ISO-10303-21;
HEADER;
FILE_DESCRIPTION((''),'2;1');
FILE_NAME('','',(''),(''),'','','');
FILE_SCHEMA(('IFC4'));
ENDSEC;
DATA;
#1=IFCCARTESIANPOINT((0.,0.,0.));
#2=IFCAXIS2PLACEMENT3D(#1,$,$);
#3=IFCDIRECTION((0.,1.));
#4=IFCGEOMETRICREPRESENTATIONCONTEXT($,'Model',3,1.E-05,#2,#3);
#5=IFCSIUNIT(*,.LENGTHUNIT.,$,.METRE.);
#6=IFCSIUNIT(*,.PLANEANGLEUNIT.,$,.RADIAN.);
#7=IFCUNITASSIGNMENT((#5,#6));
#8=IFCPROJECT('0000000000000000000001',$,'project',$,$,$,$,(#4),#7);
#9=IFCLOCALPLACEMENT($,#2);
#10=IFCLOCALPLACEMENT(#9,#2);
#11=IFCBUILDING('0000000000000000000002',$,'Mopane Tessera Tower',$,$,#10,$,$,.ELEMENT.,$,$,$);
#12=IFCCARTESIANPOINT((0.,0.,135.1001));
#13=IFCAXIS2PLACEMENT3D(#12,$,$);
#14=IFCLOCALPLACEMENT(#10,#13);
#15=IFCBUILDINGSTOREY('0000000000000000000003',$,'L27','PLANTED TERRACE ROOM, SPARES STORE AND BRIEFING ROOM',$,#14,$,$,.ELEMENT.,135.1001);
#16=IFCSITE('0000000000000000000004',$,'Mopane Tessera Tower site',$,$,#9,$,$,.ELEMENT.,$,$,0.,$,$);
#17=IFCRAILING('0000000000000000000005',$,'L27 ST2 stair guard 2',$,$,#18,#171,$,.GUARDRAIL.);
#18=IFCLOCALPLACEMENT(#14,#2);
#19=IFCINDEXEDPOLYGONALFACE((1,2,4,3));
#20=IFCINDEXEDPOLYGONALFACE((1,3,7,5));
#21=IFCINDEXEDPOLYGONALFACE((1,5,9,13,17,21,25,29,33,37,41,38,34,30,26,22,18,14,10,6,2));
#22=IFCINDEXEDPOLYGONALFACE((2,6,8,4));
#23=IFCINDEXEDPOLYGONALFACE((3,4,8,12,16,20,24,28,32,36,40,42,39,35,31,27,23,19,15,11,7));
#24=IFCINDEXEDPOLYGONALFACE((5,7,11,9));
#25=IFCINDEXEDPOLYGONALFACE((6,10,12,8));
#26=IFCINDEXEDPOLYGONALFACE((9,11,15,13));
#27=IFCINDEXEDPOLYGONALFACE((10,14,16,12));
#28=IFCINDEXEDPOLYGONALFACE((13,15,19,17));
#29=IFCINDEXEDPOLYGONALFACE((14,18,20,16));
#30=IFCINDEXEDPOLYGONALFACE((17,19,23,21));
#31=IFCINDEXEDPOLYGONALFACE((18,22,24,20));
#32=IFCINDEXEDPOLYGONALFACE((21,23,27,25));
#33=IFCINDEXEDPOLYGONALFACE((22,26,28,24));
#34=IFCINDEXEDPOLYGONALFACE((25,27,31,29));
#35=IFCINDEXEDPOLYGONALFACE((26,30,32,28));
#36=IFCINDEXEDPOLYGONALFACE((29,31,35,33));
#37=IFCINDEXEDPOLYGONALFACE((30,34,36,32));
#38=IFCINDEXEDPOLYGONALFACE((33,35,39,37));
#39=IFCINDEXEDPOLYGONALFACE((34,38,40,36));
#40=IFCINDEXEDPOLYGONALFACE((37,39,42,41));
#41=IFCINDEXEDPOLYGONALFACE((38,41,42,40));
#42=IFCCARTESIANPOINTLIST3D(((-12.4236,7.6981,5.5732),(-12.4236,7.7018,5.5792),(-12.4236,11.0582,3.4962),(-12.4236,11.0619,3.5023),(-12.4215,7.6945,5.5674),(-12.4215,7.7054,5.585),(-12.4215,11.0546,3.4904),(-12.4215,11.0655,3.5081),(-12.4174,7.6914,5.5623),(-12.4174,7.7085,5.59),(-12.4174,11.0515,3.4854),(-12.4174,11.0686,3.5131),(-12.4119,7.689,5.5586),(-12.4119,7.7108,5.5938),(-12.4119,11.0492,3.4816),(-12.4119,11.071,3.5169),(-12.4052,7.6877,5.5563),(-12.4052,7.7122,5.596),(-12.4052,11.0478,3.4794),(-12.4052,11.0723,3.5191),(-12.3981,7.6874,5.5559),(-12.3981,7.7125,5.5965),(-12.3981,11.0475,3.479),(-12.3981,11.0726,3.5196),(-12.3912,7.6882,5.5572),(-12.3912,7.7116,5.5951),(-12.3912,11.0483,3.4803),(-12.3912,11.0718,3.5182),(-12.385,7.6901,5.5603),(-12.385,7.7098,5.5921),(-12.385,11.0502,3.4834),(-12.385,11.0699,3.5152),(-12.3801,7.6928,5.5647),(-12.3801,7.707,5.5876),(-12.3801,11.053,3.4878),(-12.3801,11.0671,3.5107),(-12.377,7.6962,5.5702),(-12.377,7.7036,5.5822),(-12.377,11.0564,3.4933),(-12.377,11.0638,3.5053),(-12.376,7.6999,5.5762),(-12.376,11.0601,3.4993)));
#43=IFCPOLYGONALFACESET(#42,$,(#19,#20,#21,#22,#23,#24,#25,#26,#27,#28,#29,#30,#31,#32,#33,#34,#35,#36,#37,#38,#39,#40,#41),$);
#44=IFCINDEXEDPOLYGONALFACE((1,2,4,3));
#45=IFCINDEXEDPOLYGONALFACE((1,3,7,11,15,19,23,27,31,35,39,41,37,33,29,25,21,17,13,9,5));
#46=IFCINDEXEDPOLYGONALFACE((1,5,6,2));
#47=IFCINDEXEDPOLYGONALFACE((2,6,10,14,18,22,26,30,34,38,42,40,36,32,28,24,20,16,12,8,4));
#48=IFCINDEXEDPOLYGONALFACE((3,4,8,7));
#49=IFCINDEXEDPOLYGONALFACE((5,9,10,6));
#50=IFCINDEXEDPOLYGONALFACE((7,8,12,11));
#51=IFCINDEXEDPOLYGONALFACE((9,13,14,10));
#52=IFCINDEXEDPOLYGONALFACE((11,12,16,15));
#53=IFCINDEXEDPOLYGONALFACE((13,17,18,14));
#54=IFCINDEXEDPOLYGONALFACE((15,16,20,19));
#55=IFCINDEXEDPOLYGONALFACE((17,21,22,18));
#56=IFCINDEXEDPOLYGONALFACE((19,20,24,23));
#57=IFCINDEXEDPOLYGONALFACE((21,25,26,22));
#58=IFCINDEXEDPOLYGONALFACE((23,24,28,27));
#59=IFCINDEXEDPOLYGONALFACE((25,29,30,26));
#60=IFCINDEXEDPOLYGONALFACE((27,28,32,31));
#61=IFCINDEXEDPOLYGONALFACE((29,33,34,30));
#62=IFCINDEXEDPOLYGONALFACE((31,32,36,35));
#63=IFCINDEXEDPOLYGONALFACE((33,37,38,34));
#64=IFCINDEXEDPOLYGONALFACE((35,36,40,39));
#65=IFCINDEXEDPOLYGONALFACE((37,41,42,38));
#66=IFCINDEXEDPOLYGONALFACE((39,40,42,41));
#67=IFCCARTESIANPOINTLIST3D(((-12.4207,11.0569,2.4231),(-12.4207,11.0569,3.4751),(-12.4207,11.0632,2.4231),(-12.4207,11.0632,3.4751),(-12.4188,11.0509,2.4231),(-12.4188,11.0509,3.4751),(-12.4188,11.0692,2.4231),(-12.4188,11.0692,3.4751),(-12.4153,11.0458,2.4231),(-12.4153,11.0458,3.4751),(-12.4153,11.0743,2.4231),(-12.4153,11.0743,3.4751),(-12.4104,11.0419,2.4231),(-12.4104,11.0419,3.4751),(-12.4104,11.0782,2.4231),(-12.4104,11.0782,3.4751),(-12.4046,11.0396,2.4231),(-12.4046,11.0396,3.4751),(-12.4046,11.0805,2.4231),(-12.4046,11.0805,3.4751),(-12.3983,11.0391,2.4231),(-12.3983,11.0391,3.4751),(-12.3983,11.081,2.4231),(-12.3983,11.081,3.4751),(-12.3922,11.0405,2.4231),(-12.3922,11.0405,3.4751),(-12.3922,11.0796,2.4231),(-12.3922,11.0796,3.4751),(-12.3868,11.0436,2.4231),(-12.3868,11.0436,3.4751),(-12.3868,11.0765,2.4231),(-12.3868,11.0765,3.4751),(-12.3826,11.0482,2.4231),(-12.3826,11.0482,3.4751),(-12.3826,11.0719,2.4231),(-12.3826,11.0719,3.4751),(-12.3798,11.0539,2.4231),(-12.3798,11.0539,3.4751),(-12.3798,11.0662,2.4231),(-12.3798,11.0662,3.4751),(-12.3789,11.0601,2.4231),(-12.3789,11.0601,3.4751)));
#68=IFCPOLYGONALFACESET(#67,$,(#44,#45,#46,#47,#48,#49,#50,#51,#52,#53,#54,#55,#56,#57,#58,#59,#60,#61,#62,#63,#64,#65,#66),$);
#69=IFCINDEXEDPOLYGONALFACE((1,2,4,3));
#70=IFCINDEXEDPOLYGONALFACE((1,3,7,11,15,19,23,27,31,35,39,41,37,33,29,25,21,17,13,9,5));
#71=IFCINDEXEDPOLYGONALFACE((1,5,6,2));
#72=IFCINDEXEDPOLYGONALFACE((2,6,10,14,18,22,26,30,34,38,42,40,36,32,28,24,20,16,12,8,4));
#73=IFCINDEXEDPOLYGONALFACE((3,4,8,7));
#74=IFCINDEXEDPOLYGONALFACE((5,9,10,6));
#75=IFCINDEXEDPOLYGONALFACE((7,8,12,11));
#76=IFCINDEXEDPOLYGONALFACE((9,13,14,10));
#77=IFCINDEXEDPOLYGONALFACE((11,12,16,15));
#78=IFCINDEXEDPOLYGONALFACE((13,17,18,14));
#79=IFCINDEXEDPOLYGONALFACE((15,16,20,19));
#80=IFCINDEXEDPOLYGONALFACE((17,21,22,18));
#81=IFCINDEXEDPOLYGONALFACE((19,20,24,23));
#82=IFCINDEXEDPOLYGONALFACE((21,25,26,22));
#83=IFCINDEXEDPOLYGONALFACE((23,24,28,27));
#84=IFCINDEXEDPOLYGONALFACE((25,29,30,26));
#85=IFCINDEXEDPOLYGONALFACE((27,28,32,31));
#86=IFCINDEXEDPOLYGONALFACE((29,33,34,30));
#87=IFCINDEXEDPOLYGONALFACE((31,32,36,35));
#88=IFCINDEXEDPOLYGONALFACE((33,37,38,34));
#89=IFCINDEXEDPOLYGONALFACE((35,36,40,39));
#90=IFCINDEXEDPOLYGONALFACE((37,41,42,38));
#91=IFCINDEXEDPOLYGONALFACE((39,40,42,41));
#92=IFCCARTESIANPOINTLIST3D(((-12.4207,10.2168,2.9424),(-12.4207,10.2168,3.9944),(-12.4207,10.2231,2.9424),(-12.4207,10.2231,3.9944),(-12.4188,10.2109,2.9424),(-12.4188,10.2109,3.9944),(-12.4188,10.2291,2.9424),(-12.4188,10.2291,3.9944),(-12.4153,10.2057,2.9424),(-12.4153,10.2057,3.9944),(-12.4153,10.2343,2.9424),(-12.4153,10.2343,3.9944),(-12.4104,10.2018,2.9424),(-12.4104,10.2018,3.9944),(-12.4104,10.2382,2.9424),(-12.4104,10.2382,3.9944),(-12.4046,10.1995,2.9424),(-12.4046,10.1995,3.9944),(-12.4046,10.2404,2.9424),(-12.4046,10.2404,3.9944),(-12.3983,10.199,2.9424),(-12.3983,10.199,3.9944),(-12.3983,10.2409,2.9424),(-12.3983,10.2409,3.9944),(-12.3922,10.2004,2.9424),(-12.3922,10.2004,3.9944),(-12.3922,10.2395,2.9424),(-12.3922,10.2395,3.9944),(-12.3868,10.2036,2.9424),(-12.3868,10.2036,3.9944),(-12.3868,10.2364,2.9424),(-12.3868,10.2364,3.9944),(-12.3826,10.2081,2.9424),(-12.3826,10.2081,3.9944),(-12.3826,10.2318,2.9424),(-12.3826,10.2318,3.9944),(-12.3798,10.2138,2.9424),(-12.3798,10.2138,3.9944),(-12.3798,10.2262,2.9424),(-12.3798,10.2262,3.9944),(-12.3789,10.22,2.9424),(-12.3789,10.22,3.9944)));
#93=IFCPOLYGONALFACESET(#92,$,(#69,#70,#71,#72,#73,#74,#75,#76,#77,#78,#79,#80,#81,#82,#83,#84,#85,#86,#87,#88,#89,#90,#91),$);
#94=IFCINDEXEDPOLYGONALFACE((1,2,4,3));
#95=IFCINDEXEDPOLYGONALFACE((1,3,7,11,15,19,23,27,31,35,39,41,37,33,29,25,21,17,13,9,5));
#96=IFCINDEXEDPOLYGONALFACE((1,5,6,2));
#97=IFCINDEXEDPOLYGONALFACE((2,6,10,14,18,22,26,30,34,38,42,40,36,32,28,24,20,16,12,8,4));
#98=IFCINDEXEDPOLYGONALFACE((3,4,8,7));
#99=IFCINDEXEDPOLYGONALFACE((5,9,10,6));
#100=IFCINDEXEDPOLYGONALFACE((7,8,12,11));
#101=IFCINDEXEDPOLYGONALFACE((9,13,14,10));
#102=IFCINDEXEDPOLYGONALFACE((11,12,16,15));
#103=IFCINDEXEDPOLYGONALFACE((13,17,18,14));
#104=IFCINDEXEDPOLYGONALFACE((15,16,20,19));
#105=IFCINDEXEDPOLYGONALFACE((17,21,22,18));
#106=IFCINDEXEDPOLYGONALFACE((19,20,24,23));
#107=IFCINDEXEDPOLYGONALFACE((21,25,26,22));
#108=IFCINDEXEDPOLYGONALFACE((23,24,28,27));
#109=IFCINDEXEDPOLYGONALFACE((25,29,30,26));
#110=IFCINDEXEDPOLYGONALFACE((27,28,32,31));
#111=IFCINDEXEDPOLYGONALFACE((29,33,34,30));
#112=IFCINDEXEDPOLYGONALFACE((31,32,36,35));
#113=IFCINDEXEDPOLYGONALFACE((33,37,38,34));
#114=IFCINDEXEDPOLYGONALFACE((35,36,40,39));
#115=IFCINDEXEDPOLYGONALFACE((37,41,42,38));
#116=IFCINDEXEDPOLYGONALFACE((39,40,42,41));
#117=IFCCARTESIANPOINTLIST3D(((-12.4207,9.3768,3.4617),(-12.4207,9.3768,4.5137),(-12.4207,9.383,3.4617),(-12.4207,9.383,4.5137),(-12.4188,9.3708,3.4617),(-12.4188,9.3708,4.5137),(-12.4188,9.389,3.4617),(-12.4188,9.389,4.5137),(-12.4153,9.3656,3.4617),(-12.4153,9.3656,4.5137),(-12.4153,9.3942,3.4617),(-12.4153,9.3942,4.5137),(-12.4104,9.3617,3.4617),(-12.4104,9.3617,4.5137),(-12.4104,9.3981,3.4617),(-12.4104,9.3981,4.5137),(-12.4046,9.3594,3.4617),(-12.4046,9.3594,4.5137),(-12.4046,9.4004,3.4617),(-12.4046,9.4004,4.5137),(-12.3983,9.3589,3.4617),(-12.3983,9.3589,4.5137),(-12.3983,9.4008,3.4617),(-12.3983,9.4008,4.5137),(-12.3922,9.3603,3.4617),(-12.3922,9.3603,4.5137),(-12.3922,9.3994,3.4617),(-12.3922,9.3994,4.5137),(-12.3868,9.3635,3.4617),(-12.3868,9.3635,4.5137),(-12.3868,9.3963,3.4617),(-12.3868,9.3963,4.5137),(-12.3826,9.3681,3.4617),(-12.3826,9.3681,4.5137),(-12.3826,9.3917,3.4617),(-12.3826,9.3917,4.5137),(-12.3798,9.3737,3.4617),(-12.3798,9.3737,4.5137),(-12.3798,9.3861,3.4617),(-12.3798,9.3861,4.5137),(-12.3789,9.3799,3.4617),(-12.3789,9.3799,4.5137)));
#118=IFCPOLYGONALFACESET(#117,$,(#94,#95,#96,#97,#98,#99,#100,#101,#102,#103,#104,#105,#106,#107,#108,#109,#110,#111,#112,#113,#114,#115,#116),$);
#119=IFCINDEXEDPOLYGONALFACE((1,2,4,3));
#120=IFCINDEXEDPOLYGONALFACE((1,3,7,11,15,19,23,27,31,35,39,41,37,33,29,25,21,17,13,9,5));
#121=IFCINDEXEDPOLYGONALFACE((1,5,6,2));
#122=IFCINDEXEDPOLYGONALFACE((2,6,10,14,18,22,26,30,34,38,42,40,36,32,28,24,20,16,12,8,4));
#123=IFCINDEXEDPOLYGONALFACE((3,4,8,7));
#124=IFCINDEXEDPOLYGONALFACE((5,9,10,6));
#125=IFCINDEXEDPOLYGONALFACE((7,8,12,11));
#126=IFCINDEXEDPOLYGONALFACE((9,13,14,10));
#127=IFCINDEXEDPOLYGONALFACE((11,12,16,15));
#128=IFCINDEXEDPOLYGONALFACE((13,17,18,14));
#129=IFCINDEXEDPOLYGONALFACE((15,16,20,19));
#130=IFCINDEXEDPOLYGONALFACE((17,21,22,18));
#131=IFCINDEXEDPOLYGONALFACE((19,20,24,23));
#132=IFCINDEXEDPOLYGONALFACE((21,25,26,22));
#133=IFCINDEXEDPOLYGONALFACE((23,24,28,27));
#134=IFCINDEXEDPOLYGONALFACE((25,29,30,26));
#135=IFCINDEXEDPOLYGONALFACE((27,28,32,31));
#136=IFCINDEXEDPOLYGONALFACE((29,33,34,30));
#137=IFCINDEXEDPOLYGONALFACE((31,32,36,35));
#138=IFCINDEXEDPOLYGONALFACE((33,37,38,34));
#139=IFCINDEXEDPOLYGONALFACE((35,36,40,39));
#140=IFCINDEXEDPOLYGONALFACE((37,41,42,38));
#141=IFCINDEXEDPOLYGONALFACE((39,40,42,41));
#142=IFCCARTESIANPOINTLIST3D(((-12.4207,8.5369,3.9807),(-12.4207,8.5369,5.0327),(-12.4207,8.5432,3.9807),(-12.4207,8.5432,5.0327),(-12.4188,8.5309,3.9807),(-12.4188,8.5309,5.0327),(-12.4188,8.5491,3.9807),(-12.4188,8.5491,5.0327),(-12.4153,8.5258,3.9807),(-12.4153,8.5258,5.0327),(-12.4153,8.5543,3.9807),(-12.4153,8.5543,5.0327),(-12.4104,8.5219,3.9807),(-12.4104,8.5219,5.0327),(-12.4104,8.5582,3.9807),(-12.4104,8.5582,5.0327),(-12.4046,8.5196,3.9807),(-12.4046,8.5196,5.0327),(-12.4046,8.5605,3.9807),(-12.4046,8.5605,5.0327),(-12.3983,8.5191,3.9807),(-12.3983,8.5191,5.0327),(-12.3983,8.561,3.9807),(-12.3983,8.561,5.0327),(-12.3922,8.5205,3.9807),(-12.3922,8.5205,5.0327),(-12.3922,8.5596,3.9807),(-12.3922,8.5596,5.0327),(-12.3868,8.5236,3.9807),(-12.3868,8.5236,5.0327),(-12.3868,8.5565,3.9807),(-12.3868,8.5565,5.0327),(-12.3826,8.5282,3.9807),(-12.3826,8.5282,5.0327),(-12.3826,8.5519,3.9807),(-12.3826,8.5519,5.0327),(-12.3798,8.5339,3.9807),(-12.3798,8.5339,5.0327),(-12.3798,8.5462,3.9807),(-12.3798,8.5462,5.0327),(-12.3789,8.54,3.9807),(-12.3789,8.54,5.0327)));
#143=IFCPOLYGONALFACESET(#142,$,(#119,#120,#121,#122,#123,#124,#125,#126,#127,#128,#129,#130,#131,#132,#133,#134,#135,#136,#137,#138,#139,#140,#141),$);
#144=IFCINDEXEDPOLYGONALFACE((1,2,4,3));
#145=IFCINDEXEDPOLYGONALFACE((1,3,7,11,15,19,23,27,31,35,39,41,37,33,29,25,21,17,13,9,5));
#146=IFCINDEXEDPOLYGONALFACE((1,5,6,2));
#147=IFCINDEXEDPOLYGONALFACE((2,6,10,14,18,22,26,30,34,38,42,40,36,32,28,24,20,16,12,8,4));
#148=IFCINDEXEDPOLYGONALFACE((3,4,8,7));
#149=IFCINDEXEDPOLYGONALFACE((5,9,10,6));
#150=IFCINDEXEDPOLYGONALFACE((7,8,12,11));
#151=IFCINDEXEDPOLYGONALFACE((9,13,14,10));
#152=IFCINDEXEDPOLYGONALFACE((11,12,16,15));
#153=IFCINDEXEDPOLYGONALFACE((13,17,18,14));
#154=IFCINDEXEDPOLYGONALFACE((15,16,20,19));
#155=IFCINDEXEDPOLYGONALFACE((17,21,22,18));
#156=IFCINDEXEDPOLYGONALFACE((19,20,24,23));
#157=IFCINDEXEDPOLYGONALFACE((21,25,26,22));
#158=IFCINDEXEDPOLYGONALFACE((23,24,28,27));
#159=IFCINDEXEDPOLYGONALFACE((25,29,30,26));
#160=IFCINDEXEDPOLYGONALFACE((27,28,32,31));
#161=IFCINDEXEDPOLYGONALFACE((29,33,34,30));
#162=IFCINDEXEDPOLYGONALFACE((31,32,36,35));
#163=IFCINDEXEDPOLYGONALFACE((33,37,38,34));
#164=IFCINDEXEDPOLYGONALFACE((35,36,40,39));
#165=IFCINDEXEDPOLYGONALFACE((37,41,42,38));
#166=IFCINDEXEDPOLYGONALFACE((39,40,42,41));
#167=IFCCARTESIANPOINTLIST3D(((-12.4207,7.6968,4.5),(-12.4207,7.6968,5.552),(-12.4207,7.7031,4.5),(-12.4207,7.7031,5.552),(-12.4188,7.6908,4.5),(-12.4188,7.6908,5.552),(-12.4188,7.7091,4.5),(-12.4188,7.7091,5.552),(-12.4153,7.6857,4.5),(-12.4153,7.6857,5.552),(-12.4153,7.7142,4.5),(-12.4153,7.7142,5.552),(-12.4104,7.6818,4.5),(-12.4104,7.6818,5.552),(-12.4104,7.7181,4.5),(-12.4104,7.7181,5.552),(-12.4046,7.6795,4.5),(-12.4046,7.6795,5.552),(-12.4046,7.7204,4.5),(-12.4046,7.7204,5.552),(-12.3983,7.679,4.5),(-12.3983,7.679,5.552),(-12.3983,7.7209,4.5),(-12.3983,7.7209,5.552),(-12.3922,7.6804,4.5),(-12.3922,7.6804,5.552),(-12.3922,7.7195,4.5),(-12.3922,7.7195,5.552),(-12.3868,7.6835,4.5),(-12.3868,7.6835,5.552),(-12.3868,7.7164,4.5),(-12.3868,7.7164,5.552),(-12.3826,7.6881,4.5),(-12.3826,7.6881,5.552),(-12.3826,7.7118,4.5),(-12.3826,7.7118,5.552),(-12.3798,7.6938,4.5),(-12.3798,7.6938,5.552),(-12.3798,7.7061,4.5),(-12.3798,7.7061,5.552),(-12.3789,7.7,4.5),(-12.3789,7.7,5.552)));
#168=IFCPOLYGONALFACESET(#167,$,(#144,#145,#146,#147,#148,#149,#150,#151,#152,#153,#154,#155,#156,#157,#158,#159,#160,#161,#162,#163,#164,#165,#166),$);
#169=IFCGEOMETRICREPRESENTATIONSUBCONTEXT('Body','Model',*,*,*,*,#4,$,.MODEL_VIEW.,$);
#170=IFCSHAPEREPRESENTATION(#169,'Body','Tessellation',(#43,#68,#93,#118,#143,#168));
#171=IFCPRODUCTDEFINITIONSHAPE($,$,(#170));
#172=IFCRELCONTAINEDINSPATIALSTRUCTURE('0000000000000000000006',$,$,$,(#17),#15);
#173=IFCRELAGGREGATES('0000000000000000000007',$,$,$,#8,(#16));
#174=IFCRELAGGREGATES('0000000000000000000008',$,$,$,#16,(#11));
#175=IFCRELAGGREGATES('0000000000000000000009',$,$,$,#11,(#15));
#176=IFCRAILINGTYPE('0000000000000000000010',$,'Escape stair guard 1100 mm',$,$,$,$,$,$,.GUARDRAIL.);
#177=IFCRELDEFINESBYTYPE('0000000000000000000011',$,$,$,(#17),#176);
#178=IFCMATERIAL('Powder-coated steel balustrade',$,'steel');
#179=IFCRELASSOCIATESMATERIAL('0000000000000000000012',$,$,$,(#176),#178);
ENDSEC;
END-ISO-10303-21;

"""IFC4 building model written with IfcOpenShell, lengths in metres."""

from ifc_helpers import new_model, si_unit, direction, frame, origin, origin_2d, place, context, subcontext, project, spatial, circle, extrude, material, type_object, element, save


model = new_model("IFC4")

# Units and contexts
model_context = context("Model", 3, precision=1e-05, world=origin(), true_north=direction((0.0, 1.0)))
body_context = subcontext(model_context, "Body", "Model", "MODEL_VIEW")
ifc_project = project(units=[si_unit("LENGTHUNIT", "METRE"), si_unit("PLANEANGLEUNIT", "RADIAN")], contexts=[model_context])

# Site, building, storey
site_placement = place(None, origin())
site = spatial("IfcSite", under=ifc_project, at=site_placement, Name="Mopane Tessera Tower site", CompositionType="ELEMENT", RefElevation=0.0)
building_placement = place(site_placement, origin())
building = spatial("IfcBuilding", under=site, at=building_placement, Name="Mopane Tessera Tower", CompositionType="ELEMENT")
storey_placement = place(building_placement, frame((0.0, 0.0, 135.1001)))
storey = spatial("IfcBuildingStorey", under=building, at=storey_placement, Name="L27", Description="PLANTED TERRACE ROOM, SPARES STORE AND BRIEFING ROOM", CompositionType="ELEMENT", Elevation=135.1001)

# Railing
ifc_material_1 = material(Name="Powder-coated steel balustrade", Category="steel")
railing_type = type_object("IfcRailingType", Name="Escape stair guard 1100 mm", PredefinedType="GUARDRAIL", material=ifc_material_1)
railing_placement = place(storey_placement, frame((-12.3999, 11.0601, 2.4231)))
element("IfcRailing", 1, at=railing_placement, inside=storey, type_object=railing_type, Name="L27 ST2 stair guard 2", PredefinedType="GUARDRAIL", context=body_context, shape_type="SweptSolid", body=[
    extrude(circle(Radius=0.0239, at=origin_2d()), frame((0.0, 0.0, 1.0762), z_axis=(0.0, -0.850623, 0.525776), x_axis=(1.0, 0.0, 0.0)), (0.0, 0.0, 1.0), 3.9502),
    extrude(circle(Radius=0.021, at=origin_2d()), origin(), (0.0, 0.0, 1.0), 1.052),
    extrude(circle(Radius=0.021, at=origin_2d()), frame((0.0, -0.8401, 0.5193)), (0.0, 0.0, 1.0), 1.052),
    extrude(circle(Radius=0.021, at=origin_2d()), frame((0.0, -1.6802, 1.0386)), (0.0, 0.0, 1.0), 1.052),
    extrude(circle(Radius=0.021, at=origin_2d()), frame((0.0, -2.52, 1.5576)), (0.0, 0.0, 1.0), 1.052),
    extrude(circle(Radius=0.021, at=origin_2d()), frame((0.0, -3.3601, 2.0769)), (0.0, 0.0, 1.0), 1.052),
])

save(model, "model.ifc")
